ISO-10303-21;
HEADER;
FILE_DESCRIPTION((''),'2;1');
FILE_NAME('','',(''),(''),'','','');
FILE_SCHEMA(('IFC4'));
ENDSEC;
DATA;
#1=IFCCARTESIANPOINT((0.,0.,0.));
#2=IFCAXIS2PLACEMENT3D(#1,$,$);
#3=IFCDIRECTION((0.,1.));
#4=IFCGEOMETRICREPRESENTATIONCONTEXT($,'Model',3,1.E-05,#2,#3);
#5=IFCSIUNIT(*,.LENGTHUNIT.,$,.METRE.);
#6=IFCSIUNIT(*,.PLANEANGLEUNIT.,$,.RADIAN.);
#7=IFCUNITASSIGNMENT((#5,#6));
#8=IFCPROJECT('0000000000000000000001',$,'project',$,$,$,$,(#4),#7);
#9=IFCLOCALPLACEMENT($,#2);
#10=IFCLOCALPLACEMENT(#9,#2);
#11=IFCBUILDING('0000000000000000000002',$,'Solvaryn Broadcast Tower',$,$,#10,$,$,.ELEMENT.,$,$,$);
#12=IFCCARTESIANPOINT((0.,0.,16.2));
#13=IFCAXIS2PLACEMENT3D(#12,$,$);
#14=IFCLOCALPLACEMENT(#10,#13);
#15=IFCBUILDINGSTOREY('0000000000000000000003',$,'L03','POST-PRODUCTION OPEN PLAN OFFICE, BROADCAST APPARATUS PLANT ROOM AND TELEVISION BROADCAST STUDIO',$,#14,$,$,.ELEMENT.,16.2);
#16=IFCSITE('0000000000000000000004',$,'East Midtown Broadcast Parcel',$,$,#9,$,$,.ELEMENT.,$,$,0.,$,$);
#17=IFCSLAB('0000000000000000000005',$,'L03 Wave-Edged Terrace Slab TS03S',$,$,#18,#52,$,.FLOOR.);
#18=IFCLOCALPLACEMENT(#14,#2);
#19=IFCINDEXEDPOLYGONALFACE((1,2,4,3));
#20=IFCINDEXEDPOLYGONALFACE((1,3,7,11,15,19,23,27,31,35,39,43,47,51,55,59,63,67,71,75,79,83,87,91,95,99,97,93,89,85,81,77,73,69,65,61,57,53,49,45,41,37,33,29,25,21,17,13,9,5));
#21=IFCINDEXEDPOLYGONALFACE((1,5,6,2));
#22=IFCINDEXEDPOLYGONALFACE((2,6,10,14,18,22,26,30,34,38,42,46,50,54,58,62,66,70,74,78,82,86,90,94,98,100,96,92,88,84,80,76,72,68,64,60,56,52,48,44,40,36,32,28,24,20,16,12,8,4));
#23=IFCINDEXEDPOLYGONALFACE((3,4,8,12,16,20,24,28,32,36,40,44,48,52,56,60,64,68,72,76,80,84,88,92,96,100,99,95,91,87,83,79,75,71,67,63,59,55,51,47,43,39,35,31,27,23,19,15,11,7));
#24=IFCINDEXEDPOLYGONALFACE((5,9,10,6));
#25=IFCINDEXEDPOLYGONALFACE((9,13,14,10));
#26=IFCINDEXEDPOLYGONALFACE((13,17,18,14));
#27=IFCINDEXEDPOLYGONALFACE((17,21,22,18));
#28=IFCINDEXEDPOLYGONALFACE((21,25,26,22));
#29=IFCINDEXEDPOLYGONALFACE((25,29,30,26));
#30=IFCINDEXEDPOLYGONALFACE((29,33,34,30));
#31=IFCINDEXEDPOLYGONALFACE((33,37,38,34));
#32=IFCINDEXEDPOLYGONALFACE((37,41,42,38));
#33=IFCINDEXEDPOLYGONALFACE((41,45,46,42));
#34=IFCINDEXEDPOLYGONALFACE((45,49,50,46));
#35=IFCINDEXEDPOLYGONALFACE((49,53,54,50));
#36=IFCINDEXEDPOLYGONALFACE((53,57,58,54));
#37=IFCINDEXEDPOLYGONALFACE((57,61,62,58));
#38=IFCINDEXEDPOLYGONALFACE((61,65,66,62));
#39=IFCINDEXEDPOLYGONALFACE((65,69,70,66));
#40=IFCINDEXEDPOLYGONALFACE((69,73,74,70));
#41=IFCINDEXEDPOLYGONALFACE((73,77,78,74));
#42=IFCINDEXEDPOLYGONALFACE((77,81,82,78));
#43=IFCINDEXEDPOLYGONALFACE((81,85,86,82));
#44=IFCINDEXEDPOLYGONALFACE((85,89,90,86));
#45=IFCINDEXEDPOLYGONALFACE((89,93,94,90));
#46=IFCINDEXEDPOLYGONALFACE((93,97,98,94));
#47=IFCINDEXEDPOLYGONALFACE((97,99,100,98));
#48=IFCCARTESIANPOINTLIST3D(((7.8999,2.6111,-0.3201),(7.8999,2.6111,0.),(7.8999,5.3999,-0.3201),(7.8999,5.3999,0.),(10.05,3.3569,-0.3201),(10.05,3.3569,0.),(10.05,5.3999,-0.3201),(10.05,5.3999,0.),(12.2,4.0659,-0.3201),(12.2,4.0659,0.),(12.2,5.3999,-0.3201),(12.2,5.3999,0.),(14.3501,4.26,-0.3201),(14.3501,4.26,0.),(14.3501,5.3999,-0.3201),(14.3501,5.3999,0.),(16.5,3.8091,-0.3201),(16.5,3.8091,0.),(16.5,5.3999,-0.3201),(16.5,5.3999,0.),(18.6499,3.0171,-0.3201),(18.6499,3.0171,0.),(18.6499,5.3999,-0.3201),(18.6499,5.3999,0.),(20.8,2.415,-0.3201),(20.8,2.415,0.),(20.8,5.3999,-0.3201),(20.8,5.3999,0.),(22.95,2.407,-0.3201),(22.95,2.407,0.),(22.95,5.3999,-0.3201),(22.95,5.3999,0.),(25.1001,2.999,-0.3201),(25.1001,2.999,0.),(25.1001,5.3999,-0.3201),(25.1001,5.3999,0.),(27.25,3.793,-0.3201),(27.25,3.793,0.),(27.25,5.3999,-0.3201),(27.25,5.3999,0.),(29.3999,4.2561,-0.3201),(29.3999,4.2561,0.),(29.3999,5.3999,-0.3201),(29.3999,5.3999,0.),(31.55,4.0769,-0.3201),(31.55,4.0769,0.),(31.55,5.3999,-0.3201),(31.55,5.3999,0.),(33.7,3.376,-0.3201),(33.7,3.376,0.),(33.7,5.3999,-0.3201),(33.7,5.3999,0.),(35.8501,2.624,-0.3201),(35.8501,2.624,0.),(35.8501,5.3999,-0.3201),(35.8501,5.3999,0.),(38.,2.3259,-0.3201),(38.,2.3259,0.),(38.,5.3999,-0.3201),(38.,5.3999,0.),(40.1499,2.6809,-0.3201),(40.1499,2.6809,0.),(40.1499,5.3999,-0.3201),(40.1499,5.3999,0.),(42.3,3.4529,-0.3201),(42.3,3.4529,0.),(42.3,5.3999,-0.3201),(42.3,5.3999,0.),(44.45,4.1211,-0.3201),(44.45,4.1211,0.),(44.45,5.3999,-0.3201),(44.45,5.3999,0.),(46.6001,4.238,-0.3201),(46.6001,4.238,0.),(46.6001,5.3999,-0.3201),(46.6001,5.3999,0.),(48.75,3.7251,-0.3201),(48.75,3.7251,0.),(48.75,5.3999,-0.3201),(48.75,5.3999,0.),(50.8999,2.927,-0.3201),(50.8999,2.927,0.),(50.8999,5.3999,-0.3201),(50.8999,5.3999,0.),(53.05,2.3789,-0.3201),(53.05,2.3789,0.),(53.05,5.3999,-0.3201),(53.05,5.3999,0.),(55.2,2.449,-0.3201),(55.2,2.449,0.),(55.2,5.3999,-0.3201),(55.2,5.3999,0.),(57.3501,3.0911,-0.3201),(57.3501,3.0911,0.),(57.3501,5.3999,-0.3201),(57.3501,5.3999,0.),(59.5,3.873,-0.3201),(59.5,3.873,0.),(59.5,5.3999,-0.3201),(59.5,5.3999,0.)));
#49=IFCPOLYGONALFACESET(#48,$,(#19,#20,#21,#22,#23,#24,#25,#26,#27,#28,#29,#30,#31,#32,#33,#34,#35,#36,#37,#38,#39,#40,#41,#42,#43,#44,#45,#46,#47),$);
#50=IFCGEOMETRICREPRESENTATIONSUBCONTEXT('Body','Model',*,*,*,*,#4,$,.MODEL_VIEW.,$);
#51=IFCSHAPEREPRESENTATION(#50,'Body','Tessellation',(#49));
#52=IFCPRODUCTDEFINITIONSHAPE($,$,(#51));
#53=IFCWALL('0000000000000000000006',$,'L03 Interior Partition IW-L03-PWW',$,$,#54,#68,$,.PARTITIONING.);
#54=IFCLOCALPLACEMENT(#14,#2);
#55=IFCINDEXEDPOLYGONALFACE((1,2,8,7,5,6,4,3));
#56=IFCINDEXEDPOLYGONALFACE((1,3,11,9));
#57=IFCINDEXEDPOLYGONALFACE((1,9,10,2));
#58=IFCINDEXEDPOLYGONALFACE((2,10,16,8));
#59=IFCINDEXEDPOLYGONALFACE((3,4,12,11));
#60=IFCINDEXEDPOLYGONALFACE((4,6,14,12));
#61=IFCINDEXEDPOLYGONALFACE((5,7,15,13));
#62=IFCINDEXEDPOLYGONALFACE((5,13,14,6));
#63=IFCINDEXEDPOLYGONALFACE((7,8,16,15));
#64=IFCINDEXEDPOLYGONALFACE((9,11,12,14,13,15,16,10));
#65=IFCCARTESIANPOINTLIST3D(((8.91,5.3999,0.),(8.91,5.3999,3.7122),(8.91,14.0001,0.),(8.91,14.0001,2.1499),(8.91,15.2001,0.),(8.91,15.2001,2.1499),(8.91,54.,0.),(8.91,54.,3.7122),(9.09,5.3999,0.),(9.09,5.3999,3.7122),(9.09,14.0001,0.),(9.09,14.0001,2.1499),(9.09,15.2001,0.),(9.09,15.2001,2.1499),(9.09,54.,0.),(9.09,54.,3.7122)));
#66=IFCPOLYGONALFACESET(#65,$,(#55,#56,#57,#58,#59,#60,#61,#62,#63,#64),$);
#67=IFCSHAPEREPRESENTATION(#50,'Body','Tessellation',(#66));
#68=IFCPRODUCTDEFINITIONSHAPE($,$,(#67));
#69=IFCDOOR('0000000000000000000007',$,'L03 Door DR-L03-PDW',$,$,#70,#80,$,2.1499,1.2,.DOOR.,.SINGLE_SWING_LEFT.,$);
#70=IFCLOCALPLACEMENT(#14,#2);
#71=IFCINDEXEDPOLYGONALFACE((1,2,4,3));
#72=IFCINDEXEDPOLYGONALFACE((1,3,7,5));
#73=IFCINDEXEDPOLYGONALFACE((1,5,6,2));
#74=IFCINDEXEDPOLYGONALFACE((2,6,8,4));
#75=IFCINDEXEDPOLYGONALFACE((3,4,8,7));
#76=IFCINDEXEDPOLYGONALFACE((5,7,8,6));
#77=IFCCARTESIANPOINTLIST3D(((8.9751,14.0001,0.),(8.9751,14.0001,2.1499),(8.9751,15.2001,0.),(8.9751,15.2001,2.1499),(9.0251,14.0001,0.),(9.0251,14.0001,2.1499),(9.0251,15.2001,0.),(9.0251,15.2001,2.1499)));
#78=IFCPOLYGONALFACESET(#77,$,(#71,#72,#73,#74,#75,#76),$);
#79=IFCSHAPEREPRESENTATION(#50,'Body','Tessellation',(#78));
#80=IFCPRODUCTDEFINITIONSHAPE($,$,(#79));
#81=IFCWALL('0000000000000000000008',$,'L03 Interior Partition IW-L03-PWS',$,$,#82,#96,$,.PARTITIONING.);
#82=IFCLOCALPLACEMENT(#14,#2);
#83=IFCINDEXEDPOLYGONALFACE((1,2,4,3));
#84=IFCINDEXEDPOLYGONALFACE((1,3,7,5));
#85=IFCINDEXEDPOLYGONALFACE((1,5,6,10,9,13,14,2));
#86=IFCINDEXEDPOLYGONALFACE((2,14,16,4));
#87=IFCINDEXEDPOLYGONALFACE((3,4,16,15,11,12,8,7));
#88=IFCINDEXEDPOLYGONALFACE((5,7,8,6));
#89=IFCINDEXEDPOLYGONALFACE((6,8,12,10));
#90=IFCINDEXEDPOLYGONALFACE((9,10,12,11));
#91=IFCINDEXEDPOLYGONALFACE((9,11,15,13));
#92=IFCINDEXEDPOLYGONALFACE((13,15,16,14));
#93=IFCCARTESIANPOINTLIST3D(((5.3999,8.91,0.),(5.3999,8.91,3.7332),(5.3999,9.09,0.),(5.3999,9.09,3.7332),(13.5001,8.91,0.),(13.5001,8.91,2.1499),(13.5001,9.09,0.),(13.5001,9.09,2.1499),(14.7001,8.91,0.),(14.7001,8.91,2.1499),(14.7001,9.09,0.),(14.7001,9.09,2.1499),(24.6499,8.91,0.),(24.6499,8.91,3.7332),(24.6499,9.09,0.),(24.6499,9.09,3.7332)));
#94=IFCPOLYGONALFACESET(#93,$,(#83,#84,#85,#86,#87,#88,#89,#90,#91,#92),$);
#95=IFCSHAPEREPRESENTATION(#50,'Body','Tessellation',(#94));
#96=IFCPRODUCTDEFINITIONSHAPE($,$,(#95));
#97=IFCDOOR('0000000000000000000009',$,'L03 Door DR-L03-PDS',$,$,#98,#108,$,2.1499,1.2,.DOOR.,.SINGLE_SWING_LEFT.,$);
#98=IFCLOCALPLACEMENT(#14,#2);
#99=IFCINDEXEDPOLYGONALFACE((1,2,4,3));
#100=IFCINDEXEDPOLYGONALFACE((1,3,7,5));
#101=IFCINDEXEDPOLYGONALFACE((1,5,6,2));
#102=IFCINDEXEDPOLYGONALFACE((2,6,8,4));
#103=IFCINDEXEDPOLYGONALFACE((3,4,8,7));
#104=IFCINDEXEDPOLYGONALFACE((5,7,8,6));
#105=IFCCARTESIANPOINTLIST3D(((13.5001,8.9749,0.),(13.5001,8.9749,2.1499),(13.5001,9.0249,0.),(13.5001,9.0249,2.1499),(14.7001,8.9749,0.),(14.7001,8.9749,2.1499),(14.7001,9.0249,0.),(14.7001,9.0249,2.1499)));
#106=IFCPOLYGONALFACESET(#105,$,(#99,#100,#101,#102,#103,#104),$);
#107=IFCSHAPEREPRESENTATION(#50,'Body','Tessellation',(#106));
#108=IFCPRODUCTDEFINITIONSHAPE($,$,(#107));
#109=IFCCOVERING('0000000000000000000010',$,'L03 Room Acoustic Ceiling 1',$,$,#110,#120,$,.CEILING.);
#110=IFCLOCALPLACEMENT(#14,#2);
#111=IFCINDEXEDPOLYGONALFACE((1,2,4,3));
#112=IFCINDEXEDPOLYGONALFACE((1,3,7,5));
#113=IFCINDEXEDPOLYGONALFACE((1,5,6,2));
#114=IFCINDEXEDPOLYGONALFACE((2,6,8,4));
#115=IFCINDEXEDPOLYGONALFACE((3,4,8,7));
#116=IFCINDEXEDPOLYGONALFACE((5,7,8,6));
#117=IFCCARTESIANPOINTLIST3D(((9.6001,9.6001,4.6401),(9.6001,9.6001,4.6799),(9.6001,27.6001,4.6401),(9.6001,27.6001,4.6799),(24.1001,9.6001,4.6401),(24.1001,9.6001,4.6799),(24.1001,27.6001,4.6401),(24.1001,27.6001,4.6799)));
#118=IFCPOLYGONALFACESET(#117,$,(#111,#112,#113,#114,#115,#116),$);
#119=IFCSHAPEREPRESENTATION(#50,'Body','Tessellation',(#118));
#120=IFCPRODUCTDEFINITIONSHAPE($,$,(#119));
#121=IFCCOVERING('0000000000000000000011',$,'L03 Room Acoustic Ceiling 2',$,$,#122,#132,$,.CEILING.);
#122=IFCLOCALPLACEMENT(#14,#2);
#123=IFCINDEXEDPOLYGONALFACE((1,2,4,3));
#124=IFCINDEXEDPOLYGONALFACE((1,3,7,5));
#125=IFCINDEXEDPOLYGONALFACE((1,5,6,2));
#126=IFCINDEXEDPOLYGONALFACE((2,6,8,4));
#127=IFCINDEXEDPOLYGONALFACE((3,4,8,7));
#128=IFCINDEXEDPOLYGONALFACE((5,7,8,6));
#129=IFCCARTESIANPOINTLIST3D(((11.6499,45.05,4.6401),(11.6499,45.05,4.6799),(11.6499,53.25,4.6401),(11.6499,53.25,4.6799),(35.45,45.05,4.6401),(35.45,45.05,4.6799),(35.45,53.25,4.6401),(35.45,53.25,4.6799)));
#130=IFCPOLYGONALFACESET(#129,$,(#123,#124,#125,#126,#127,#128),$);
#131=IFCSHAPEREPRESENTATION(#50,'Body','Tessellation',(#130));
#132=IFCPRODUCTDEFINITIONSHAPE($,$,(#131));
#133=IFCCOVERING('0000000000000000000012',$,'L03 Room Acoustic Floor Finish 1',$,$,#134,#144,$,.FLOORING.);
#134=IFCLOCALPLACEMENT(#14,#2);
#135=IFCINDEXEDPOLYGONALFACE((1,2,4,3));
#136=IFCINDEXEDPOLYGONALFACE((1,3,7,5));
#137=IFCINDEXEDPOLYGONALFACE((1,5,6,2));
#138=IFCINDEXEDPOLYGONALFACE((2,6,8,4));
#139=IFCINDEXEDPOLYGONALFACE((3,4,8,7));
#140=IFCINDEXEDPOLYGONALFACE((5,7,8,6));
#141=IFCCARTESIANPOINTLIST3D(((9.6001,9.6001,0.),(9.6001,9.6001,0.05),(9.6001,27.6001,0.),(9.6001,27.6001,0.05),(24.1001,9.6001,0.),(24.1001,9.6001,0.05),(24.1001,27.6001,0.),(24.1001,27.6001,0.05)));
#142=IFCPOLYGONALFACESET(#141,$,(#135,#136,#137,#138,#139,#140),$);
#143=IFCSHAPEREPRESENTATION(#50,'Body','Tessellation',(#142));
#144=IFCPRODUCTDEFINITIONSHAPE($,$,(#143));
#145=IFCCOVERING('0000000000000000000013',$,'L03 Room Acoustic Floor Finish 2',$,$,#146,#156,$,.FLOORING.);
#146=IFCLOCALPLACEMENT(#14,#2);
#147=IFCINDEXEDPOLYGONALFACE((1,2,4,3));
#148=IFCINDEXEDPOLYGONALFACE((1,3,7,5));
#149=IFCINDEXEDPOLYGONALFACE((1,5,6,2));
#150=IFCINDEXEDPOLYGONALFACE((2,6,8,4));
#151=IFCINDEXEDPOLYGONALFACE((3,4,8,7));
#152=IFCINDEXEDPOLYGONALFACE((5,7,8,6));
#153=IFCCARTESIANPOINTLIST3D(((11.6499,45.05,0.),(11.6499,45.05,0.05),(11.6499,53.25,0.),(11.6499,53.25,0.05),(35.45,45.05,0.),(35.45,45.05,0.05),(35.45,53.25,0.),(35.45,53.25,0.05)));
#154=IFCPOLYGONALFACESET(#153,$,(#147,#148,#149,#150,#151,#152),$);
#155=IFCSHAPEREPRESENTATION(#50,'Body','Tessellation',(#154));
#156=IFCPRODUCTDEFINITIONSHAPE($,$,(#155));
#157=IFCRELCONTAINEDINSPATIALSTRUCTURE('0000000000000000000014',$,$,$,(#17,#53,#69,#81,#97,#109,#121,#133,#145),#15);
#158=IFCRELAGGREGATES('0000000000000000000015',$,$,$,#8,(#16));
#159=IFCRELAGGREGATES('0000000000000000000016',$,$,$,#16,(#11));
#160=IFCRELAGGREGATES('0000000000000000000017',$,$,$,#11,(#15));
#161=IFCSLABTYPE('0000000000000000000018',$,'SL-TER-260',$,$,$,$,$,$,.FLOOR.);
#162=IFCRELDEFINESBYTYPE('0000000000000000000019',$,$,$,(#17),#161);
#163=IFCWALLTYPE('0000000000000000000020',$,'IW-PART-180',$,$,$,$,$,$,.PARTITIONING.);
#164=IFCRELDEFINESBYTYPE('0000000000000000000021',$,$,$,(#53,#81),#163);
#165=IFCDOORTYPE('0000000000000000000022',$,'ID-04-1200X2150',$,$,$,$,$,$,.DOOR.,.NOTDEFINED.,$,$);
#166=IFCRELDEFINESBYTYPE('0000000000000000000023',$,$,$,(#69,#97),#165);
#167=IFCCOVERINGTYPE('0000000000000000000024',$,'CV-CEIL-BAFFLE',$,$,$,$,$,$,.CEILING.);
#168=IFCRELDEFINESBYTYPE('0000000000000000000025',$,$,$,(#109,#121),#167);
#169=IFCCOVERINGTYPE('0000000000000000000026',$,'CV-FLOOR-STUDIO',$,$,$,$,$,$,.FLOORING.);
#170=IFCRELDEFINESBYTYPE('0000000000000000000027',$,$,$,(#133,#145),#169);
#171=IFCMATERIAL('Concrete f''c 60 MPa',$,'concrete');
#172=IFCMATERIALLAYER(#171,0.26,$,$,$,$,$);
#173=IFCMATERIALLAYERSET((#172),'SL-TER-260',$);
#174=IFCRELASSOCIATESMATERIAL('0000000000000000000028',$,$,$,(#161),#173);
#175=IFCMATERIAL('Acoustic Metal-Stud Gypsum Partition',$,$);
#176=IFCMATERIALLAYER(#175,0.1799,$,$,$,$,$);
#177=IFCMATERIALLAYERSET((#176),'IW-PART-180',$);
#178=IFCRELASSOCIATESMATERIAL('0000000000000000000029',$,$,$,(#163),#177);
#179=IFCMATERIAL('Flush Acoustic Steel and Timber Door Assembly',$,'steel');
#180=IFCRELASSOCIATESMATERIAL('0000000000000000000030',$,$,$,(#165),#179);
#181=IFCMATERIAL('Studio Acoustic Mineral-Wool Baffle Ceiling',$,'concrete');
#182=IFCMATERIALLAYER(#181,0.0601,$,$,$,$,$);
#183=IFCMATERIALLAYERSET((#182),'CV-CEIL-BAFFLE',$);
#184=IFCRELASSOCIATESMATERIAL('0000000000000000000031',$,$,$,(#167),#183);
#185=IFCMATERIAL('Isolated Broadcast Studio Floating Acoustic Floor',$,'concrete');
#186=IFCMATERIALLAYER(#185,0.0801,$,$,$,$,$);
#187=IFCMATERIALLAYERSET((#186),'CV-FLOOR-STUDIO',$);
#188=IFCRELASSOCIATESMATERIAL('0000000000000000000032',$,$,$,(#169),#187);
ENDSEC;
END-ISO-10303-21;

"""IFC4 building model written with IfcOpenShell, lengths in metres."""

from ifc_helpers import new_model, si_unit, direction, frame, frame_2d, origin, place, context, subcontext, project, spatial, polyline, rectangle, outline, extrude, material, layer, layer_set, type_object, element, fill, save


model = new_model("IFC4")

# Units and contexts
model_context = context("Model", 3, precision=1e-05, world=origin(), true_north=direction((0.0, 1.0)))
body_context = subcontext(model_context, "Body", "Model", "MODEL_VIEW")
ifc_project = project(units=[si_unit("LENGTHUNIT", "METRE"), si_unit("PLANEANGLEUNIT", "RADIAN")], contexts=[model_context])

# Site, building, storey
site_placement = place(None, origin())
site = spatial("IfcSite", under=ifc_project, at=site_placement, Name="East Midtown Broadcast Parcel", CompositionType="ELEMENT", RefElevation=0.0)
building_placement = place(site_placement, origin())
building = spatial("IfcBuilding", under=site, at=building_placement, Name="Solvaryn Broadcast Tower", CompositionType="ELEMENT")
storey_placement = place(building_placement, frame((0.0, 0.0, 16.2)))
storey = spatial("IfcBuildingStorey", under=building, at=storey_placement, Name="L03", Description="POST-PRODUCTION OPEN PLAN OFFICE, BROADCAST APPARATUS PLANT ROOM AND TELEVISION BROADCAST STUDIO", CompositionType="ELEMENT", Elevation=16.2)

# Slab
ifc_material_1 = material(Name="Concrete f'c 60 MPa", Category="concrete")
ifc_layer_1 = layer(ifc_material_1, 0.26)
ifc_layer_set_1 = layer_set([ifc_layer_1], Name="SL-TER-260")
slab_type_1 = type_object("IfcSlabType", Name="SL-TER-260", PredefinedType="FLOOR", material=ifc_layer_set_1)
slab_1_placement = place(storey_placement, frame((0.0, 0.0, -0.3201)))
element("IfcSlab", 1, at=slab_1_placement, inside=storey, type_object=slab_type_1, Name="L03 Wave-Edged Terrace Slab TS03S", PredefinedType="FLOOR", context=body_context, shape_type="SweptSolid", body=[
    extrude(outline(polyline([(7.8999, 2.6111), (10.05, 3.3569), (12.2, 4.0659), (14.3501, 4.26), (16.5, 3.8091), (18.6499, 3.0171), (20.8, 2.415), (22.95, 2.407), (25.1001, 2.999), (27.25, 3.793), (29.3999, 4.2561), (31.55, 4.0769), (33.7, 3.376), (35.8501, 2.624), (38.0, 2.3259), (40.1499, 2.6809), (42.3, 3.4529), (44.45, 4.1211), (46.6001, 4.238), (48.75, 3.7251), (50.8999, 2.927), (53.05, 2.3789), (55.2, 2.449), (57.3501, 3.0911), (59.5, 3.873), (59.5, 5.3999), (57.3501, 5.3999), (55.2, 5.3999), (53.05, 5.3999), (50.8999, 5.3999), (48.75, 5.3999), (46.6001, 5.3999), (44.45, 5.3999), (42.3, 5.3999), (40.1499, 5.3999), (38.0, 5.3999), (35.8501, 5.3999), (33.7, 5.3999), (31.55, 5.3999), (29.3999, 5.3999), (27.25, 5.3999), (25.1001, 5.3999), (22.95, 5.3999), (20.8, 5.3999), (18.6499, 5.3999), (16.5, 5.3999), (14.3501, 5.3999), (12.2, 5.3999), (10.05, 5.3999), (7.8999, 5.3999), (7.8999, 2.6111)])), origin(), (0.0, 0.0, 1.0), 0.3201),
])

# Walls, openings, doors
ifc_material_2 = material(Name="Acoustic Metal-Stud Gypsum Partition")
ifc_layer_2 = layer(ifc_material_2, 0.1799)
ifc_layer_set_2 = layer_set([ifc_layer_2], Name="IW-PART-180")
wall_type = type_object("IfcWallType", Name="IW-PART-180", PredefinedType="PARTITIONING", material=ifc_layer_set_2)
wall_1_placement = place(storey_placement, frame((9.0, 5.3999, 0.0), z_axis=(0.0, 0.0, 1.0), x_axis=(0.0, 1.0, 0.0)))
wall_1 = element("IfcWall", 2, at=wall_1_placement, inside=storey, type_object=wall_type, Name="L03 Interior Partition IW-L03-PWW", PredefinedType="PARTITIONING", context=body_context, shape_type="SweptSolid", body=[
    extrude(rectangle(XDim=48.6001, YDim=0.1799, at=frame_2d((24.3, 0.0))), origin(), (0.0, 0.0, 1.0), 3.7122),
])
opening_1_placement = place(wall_1_placement, frame((8.6001, 0.0, 0.0)))
opening_1 = element("IfcOpeningElement", 3, at=opening_1_placement, cuts=wall_1, PredefinedType="OPENING", context=body_context, shape_type="SweptSolid", body=[
    extrude(rectangle(XDim=1.2, YDim=2.1499, at=frame_2d((0.6001, 1.075))), frame((0.0, 0.0999, 0.0), z_axis=(0.0, -1.0, 0.0), x_axis=(1.0, 0.0, 0.0)), (0.0, 0.0, 1.0), 0.2),
])
ifc_material_3 = material(Name="Flush Acoustic Steel and Timber Door Assembly", Category="steel")
door_type_1 = type_object("IfcDoorType", Name="ID-04-1200X2150", OperationType="NOTDEFINED", PredefinedType="DOOR", material=ifc_material_3)
door_1_placement = place(opening_1_placement, origin())
door_1 = element("IfcDoor", 4, at=door_1_placement, inside=storey, type_object=door_type_1, Name="L03 Door DR-L03-PDW", OperationType="SINGLE_SWING_LEFT", OverallHeight=2.1499, OverallWidth=1.2, PredefinedType="DOOR", context=body_context, shape_type="SweptSolid", body=[
    extrude(rectangle(XDim=1.2, YDim=2.1499, at=frame_2d((0.6001, 1.075))), frame((0.0, 0.0249, 0.0), z_axis=(0.0, -1.0, 0.0), x_axis=(1.0, 0.0, 0.0)), (0.0, 0.0, 1.0), 0.05),
])
fill(opening_1, door_1)
wall_2_placement = place(storey_placement, frame((5.3999, 9.0, 0.0), z_axis=(0.0, 0.0, 1.0), x_axis=(1.0, 0.0, 0.0)))
wall_2 = element("IfcWall", 5, at=wall_2_placement, inside=storey, type_object=wall_type, Name="L03 Interior Partition IW-L03-PWS", PredefinedType="PARTITIONING", context=body_context, shape_type="SweptSolid", body=[
    extrude(rectangle(XDim=19.25, YDim=0.1799, at=frame_2d((9.625, 0.0))), origin(), (0.0, 0.0, 1.0), 3.7332),
])
opening_2_placement = place(wall_2_placement, frame((8.1001, 0.0, 0.0)))
opening_2 = element("IfcOpeningElement", 6, at=opening_2_placement, cuts=wall_2, PredefinedType="OPENING", context=body_context, shape_type="SweptSolid", body=[
    extrude(rectangle(XDim=1.2, YDim=2.1499, at=frame_2d((0.6001, 1.075))), frame((0.0, 0.0999, 0.0), z_axis=(0.0, -1.0, 0.0), x_axis=(1.0, 0.0, 0.0)), (0.0, 0.0, 1.0), 0.2),
])
door_2_placement = place(opening_2_placement, origin())
door_2 = element("IfcDoor", 7, at=door_2_placement, inside=storey, type_object=door_type_1, Name="L03 Door DR-L03-PDS", OperationType="SINGLE_SWING_LEFT", OverallHeight=2.1499, OverallWidth=1.2, PredefinedType="DOOR", context=body_context, shape_type="SweptSolid", body=[
    extrude(rectangle(XDim=1.2, YDim=2.1499, at=frame_2d((0.6001, 1.075))), frame((0.0, 0.0249, 0.0), z_axis=(0.0, -1.0, 0.0), x_axis=(1.0, 0.0, 0.0)), (0.0, 0.0, 1.0), 0.05),
])
fill(opening_2, door_2)

# Coverings
ifc_material_4 = material(Name="Studio Acoustic Mineral-Wool Baffle Ceiling", Category="concrete")
ifc_layer_3 = layer(ifc_material_4, 0.0601)
ifc_layer_set_3 = layer_set([ifc_layer_3], Name="CV-CEIL-BAFFLE")
covering_type_1 = type_object("IfcCoveringType", Name="CV-CEIL-BAFFLE", PredefinedType="CEILING", material=ifc_layer_set_3)
covering_1_placement = place(storey_placement, frame((0.0, 0.0, 4.6401)))
element("IfcCovering", 8, at=covering_1_placement, inside=storey, type_object=covering_type_1, Name="L03 Room Acoustic Ceiling 1", PredefinedType="CEILING", context=body_context, shape_type="SweptSolid", body=[
    extrude(outline(polyline([(9.6001, 9.6001), (24.1001, 9.6001), (24.1001, 27.6001), (9.6001, 27.6001), (9.6001, 9.6001)])), origin(), (0.0, 0.0, 1.0), 0.0398),
])
covering_2_placement = place(storey_placement, frame((0.0, 0.0, 4.6401)))
element("IfcCovering", 9, at=covering_2_placement, inside=storey, type_object=covering_type_1, Name="L03 Room Acoustic Ceiling 2", PredefinedType="CEILING", context=body_context, shape_type="SweptSolid", body=[
    extrude(outline(polyline([(11.6499, 45.05), (35.45, 45.05), (35.45, 53.25), (11.6499, 53.25), (11.6499, 45.05)])), origin(), (0.0, 0.0, 1.0), 0.0398),
])
ifc_material_5 = material(Name="Isolated Broadcast Studio Floating Acoustic Floor", Category="concrete")
ifc_layer_4 = layer(ifc_material_5, 0.0801)
ifc_layer_set_4 = layer_set([ifc_layer_4], Name="CV-FLOOR-STUDIO")
covering_type_2 = type_object("IfcCoveringType", Name="CV-FLOOR-STUDIO", PredefinedType="FLOORING", material=ifc_layer_set_4)
covering_3_placement = place(storey_placement, origin())
element("IfcCovering", 10, at=covering_3_placement, inside=storey, type_object=covering_type_2, Name="L03 Room Acoustic Floor Finish 1", PredefinedType="FLOORING", context=body_context, shape_type="SweptSolid", body=[
    extrude(outline(polyline([(9.6001, 9.6001), (24.1001, 9.6001), (24.1001, 27.6001), (9.6001, 27.6001), (9.6001, 9.6001)])), origin(), (0.0, 0.0, 1.0), 0.05),
])
covering_4_placement = place(storey_placement, origin())
element("IfcCovering", 11, at=covering_4_placement, inside=storey, type_object=covering_type_2, Name="L03 Room Acoustic Floor Finish 2", PredefinedType="FLOORING", context=body_context, shape_type="SweptSolid", body=[
    extrude(outline(polyline([(11.6499, 45.05), (35.45, 45.05), (35.45, 53.25), (11.6499, 53.25), (11.6499, 45.05)])), origin(), (0.0, 0.0, 1.0), 0.05),
])

save(model, "model.ifc")
